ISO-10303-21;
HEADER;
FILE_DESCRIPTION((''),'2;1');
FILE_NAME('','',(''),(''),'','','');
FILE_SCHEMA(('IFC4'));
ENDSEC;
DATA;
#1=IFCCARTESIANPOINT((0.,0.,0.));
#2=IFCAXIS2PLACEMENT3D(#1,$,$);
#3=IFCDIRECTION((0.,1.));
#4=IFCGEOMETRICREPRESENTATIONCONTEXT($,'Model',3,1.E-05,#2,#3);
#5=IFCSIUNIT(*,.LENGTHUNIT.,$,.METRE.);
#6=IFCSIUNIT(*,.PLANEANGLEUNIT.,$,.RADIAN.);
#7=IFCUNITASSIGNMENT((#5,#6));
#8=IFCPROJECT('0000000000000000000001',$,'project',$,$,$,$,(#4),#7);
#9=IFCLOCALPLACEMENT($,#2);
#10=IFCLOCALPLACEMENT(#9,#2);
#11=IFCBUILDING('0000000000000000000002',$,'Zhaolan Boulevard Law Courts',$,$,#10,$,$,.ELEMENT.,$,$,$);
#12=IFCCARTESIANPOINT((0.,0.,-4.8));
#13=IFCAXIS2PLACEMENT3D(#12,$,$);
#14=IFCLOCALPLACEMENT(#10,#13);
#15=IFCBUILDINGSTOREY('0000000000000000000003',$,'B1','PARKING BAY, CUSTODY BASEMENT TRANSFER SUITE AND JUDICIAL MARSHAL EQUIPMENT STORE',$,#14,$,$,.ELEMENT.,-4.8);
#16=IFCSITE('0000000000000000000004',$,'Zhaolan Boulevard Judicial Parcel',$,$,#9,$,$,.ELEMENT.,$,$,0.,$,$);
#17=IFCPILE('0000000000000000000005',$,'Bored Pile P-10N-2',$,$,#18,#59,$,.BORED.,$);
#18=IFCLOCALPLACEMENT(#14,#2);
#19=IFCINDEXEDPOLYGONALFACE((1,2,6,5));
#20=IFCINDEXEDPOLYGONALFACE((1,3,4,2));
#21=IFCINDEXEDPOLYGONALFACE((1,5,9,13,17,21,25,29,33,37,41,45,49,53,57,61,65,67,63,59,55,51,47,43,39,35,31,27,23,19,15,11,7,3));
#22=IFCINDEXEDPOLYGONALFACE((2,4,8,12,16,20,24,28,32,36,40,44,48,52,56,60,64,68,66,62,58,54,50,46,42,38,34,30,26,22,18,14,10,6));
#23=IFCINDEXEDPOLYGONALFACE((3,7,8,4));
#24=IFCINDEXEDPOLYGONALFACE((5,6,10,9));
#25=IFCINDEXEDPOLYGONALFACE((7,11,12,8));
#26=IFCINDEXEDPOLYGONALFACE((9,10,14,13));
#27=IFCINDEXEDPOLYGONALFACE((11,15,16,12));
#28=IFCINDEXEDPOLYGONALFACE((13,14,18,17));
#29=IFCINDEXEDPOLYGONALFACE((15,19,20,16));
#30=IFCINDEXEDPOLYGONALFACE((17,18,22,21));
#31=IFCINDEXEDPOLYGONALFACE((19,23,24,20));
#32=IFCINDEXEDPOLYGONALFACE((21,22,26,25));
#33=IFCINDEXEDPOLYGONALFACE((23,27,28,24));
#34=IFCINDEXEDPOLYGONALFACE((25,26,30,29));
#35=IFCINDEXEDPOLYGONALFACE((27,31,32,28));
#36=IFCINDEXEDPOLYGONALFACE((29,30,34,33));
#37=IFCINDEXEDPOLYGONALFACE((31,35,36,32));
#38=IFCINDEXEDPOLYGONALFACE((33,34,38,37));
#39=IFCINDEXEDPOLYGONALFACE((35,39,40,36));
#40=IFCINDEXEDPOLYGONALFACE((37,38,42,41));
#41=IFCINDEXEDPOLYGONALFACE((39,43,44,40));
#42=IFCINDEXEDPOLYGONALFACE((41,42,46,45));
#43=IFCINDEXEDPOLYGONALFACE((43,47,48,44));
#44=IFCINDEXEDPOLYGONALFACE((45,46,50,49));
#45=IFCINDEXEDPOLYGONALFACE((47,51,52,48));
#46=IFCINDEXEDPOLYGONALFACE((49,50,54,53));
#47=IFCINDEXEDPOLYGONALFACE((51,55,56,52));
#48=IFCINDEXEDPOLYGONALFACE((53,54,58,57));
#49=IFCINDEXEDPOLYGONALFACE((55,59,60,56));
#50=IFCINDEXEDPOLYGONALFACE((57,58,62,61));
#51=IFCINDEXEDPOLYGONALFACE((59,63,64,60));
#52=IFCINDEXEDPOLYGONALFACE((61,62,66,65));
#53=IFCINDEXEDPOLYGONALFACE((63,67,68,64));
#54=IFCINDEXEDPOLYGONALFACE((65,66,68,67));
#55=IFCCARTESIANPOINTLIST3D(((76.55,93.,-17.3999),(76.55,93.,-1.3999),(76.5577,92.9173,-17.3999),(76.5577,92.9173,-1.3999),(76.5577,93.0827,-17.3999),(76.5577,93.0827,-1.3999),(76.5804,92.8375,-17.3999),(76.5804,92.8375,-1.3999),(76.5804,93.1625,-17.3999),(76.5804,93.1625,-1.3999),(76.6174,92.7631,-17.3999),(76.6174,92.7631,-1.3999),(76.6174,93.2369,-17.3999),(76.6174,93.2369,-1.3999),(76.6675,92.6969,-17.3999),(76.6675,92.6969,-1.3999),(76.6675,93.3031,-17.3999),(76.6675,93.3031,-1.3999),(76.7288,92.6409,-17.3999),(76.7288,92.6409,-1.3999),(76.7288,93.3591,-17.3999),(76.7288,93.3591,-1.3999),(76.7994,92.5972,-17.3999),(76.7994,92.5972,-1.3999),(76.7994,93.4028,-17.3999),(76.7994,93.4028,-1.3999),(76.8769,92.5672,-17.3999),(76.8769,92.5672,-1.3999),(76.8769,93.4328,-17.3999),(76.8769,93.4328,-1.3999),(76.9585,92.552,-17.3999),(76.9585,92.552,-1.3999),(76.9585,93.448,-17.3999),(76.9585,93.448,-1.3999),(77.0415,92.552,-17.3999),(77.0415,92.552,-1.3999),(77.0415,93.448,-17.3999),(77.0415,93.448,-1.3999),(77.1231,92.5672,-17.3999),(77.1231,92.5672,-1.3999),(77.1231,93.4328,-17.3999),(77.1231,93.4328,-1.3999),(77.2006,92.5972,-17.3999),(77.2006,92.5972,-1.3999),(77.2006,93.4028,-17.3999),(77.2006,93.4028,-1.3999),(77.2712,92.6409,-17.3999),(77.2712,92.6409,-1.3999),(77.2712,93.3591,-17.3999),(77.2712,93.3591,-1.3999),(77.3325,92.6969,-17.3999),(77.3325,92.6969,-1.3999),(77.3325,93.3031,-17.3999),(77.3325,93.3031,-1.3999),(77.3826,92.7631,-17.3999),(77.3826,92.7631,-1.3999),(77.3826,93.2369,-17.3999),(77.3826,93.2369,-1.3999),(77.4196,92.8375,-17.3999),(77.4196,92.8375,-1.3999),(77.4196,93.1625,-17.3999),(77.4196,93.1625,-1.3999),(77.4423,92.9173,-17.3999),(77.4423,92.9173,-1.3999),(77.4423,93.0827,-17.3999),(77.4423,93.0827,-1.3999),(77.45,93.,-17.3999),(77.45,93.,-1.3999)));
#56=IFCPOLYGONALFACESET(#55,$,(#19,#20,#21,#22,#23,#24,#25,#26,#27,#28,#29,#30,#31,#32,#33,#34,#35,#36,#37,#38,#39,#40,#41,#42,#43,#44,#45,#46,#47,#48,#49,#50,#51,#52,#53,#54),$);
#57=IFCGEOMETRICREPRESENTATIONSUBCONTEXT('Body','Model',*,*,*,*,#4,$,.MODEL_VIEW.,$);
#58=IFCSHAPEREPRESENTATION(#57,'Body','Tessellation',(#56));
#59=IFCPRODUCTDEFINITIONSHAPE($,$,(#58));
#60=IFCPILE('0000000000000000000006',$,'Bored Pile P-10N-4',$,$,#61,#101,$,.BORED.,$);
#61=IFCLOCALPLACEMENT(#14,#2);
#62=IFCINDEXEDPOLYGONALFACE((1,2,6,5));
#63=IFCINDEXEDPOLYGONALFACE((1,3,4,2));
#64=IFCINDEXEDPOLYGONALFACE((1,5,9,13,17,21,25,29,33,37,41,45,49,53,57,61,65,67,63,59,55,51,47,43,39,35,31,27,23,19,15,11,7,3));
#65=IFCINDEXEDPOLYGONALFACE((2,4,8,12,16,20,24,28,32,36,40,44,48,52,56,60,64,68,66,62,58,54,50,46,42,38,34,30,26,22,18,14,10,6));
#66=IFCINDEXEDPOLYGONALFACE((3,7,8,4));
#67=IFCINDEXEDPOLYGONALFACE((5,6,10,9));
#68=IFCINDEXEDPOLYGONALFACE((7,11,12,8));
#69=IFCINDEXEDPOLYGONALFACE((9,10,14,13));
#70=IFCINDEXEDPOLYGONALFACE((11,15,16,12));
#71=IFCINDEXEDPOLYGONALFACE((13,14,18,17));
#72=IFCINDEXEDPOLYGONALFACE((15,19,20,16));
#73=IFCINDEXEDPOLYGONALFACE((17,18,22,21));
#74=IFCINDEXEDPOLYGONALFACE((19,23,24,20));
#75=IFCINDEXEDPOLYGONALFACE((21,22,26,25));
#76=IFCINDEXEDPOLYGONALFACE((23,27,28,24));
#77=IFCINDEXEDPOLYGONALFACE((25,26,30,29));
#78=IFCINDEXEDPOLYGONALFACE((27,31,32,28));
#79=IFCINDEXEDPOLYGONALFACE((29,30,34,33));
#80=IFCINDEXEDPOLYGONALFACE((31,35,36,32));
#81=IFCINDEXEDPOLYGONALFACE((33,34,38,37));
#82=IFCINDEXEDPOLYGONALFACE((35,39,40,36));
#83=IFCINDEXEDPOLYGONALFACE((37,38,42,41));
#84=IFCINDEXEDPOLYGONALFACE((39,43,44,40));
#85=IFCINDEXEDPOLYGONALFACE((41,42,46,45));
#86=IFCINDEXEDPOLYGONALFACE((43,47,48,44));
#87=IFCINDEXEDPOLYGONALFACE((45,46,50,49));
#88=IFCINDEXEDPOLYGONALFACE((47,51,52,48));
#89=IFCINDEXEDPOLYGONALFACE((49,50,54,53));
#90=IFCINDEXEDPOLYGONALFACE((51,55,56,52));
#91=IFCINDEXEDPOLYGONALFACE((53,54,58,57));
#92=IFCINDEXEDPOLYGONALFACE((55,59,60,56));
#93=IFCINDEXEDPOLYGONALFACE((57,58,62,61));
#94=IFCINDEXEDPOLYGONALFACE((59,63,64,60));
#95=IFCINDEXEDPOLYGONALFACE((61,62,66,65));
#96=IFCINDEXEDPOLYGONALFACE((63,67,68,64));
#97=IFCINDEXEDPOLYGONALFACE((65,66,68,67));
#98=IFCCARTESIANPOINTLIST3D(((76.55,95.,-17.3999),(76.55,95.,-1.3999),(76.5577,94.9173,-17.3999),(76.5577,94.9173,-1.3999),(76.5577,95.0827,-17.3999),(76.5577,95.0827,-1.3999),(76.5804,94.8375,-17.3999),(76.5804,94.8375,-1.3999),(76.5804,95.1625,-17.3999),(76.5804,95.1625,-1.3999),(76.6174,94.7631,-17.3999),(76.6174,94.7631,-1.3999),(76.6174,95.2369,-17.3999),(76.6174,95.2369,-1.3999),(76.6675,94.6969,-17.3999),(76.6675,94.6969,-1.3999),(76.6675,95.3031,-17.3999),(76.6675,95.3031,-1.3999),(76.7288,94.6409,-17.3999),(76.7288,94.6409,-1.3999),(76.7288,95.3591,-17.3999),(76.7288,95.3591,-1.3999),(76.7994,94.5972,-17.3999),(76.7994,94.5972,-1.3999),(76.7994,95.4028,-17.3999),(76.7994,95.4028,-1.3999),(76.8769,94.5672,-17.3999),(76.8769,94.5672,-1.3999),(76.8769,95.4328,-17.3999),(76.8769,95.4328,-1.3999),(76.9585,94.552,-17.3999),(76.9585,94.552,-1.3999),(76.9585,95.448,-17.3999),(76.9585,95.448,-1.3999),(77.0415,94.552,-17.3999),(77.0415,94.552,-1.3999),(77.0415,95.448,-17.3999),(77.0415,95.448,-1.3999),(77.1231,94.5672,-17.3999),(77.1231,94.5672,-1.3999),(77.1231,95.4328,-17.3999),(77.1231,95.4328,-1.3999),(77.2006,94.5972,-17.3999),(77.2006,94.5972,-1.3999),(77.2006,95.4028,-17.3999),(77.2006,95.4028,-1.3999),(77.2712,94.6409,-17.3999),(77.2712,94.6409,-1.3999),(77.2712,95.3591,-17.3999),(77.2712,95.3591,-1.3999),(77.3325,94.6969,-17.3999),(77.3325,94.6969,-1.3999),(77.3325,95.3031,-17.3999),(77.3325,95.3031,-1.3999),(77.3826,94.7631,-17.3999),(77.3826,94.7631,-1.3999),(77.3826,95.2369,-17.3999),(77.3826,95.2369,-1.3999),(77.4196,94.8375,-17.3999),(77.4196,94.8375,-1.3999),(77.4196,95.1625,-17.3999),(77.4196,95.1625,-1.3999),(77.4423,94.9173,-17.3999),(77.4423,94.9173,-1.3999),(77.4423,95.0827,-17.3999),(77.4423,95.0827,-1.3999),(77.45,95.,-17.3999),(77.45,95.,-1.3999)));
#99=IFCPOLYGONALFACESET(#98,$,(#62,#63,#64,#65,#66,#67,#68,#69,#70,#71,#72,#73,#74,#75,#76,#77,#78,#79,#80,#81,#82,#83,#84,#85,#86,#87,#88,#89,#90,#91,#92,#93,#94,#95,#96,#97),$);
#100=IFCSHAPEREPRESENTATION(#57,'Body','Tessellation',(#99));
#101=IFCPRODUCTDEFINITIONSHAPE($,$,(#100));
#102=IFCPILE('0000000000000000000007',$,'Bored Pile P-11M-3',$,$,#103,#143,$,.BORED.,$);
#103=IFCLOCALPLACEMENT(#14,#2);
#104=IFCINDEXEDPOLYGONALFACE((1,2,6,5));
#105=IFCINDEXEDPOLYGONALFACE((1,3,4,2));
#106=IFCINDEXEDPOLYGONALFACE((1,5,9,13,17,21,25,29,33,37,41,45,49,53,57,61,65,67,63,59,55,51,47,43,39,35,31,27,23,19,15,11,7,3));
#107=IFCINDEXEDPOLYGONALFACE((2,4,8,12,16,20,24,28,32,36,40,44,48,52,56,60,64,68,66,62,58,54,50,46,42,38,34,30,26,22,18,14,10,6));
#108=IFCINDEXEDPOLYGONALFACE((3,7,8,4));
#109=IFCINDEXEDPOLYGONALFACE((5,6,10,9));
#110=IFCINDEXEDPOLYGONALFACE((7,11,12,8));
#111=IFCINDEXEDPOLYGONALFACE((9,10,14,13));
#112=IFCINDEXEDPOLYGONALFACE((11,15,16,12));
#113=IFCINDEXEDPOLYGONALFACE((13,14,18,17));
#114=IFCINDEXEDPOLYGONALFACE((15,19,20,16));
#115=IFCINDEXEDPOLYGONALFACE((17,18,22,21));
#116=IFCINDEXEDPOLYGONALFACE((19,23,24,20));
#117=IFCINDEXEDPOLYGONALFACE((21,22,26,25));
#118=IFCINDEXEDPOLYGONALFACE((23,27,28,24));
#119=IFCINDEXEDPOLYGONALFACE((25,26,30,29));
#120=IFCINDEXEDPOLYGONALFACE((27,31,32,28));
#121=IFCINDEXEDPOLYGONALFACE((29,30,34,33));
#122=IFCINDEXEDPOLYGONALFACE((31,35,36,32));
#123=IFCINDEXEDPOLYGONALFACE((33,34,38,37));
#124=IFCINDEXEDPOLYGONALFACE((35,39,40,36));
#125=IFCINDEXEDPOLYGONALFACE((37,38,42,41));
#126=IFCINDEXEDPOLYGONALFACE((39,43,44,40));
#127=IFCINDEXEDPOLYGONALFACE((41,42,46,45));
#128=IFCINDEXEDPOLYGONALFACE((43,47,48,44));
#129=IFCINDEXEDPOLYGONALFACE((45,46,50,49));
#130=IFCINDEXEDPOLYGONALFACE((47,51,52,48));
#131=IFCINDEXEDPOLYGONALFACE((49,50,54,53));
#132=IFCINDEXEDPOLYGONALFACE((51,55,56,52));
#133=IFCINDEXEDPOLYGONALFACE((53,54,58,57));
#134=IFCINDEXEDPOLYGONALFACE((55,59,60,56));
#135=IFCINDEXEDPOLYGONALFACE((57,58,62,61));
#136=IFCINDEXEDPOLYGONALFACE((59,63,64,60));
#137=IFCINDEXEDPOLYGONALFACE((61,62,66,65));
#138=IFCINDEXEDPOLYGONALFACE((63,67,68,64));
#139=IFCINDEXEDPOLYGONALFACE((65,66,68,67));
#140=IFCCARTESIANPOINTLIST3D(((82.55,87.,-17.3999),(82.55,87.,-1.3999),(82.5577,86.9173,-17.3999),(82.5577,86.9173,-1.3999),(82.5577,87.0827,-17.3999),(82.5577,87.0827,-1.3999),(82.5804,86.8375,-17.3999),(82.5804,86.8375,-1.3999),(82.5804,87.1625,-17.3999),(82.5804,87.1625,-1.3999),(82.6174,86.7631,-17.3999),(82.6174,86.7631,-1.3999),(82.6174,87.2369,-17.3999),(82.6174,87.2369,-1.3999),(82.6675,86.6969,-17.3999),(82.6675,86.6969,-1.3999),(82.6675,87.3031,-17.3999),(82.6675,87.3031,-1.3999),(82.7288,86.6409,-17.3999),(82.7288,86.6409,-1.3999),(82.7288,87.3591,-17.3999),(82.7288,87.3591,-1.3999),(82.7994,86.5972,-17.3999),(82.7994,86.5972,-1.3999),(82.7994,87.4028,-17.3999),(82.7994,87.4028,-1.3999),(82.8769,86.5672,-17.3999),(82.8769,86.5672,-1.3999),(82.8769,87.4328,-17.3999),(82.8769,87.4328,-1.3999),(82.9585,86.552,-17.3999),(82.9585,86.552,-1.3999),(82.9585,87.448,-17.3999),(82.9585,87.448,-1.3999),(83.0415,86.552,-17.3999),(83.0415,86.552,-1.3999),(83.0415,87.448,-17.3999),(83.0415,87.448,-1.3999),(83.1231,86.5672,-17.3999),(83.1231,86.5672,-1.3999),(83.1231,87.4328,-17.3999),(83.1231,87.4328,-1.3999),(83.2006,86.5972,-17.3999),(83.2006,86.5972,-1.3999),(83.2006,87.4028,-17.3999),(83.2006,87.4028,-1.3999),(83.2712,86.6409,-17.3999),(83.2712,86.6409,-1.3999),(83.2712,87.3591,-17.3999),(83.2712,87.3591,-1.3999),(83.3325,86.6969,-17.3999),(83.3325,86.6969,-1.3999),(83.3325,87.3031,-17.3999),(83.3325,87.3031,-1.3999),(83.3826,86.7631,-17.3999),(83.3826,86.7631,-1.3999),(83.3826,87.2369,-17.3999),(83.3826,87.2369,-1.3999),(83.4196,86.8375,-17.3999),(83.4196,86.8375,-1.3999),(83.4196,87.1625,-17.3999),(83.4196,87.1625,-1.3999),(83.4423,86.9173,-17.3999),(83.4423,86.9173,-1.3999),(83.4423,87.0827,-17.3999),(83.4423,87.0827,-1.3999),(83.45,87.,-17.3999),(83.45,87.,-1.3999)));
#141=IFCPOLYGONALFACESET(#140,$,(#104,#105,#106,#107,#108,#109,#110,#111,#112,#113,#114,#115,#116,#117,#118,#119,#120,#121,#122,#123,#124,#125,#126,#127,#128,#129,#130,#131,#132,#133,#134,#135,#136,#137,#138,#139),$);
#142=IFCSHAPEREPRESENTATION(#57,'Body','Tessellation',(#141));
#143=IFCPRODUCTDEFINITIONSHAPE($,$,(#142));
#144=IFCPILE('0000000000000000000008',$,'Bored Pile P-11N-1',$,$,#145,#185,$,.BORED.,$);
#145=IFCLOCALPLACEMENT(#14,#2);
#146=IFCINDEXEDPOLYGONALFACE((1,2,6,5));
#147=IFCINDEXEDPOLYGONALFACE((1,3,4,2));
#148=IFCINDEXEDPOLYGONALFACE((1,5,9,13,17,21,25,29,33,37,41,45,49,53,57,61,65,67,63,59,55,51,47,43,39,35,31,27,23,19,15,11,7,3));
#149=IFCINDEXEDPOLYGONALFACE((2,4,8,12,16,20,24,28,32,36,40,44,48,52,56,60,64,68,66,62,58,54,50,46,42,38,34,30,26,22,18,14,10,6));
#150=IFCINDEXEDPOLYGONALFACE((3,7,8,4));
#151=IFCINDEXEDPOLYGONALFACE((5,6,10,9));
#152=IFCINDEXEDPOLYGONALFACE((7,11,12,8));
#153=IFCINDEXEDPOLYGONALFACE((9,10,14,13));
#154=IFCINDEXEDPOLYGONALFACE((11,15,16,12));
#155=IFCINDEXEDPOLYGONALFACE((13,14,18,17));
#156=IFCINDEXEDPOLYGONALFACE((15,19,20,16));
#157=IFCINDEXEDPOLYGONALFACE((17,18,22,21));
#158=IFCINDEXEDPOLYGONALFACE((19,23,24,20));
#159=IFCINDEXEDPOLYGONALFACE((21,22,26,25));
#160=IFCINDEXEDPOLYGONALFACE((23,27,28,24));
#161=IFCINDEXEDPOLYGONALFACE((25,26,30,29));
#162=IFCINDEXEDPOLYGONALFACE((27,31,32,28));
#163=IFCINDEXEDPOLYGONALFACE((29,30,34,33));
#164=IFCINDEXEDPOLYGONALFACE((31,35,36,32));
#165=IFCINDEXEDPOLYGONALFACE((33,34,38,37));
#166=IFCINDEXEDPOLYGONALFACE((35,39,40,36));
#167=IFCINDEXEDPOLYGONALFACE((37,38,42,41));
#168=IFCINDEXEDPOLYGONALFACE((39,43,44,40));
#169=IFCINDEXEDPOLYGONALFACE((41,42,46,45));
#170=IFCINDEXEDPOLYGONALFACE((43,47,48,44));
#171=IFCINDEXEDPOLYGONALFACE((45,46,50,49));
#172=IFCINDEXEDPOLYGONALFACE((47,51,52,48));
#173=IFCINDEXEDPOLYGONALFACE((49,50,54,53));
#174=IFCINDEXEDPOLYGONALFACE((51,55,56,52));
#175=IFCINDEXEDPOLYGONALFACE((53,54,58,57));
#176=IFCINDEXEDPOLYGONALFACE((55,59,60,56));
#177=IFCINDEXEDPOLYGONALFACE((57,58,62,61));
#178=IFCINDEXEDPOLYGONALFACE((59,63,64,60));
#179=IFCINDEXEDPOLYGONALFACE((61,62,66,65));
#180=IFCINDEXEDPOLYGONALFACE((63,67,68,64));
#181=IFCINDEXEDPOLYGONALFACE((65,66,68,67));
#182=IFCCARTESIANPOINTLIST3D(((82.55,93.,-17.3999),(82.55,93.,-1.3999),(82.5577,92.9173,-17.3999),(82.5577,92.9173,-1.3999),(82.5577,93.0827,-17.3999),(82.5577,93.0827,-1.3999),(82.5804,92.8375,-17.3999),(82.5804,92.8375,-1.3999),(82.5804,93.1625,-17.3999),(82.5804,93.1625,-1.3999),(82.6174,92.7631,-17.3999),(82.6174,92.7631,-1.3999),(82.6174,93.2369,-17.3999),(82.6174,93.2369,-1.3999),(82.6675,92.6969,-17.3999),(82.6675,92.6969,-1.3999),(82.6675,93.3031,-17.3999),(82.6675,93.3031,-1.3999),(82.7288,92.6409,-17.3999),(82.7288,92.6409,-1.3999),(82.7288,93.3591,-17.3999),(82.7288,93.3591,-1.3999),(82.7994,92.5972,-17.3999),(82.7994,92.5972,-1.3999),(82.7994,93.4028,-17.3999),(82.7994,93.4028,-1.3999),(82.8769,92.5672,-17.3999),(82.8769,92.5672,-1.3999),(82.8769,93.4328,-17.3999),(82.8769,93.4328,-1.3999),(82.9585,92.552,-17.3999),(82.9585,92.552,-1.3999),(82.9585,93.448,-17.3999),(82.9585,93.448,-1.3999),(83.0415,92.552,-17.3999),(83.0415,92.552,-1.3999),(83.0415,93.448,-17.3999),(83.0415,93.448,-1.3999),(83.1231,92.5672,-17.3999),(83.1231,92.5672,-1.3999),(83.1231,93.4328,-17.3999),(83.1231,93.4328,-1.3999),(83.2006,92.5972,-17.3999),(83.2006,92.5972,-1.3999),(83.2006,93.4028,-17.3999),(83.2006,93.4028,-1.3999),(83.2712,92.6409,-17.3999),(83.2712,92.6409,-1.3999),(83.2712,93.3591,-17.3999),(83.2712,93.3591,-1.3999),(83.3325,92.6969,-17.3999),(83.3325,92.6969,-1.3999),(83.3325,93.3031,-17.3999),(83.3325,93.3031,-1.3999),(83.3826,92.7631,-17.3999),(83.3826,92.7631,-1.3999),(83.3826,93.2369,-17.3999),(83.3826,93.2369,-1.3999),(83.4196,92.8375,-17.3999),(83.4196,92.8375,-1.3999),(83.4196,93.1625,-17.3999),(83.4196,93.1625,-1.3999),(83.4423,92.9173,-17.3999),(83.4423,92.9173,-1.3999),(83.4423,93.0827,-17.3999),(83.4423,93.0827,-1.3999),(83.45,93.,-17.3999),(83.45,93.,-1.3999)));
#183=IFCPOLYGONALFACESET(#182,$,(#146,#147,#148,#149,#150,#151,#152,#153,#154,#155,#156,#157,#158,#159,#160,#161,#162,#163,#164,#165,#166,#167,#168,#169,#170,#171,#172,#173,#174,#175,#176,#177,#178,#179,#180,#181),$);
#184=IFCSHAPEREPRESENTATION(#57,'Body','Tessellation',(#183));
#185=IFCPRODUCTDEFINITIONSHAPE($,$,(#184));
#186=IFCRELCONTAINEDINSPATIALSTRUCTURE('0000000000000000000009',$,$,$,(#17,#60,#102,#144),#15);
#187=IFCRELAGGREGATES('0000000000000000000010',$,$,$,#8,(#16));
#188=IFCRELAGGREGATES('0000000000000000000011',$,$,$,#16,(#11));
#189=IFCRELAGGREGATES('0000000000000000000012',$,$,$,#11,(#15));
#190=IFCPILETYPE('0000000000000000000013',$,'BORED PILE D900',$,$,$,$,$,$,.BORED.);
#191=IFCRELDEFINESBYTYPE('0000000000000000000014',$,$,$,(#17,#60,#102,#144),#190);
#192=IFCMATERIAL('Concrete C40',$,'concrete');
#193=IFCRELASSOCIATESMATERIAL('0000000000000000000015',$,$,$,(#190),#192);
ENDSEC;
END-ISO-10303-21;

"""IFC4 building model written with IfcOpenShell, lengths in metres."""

from ifc_helpers import new_model, si_unit, direction, frame, origin, origin_2d, place, context, subcontext, project, spatial, circle, extrude, material, material_profile, profile_set, type_object, element, save


model = new_model("IFC4")

# Units and contexts
model_context = context("Model", 3, precision=1e-05, world=origin(), true_north=direction((0.0, 1.0)))
body_context = subcontext(model_context, "Body", "Model", "MODEL_VIEW")
ifc_project = project(units=[si_unit("LENGTHUNIT", "METRE"), si_unit("PLANEANGLEUNIT", "RADIAN")], contexts=[model_context])

# Site, building, storey
site_placement = place(None, origin())
site = spatial("IfcSite", under=ifc_project, at=site_placement, Name="Zhaolan Boulevard Judicial Parcel", CompositionType="ELEMENT", RefElevation=0.0)
building_placement = place(site_placement, origin())
building = spatial("IfcBuilding", under=site, at=building_placement, Name="Zhaolan Boulevard Law Courts", CompositionType="ELEMENT")
storey_placement = place(building_placement, frame((0.0, 0.0, -4.8)))
storey = spatial("IfcBuildingStorey", under=building, at=storey_placement, Name="B1", Description="PARKING BAY, CUSTODY BASEMENT TRANSFER SUITE AND JUDICIAL MARSHAL EQUIPMENT STORE", CompositionType="ELEMENT", Elevation=-4.8)

# Piles
ifc_material_1 = material(Name="Concrete C40", Category="concrete")
ifc_material_profile_1 = material_profile(ifc_material_1, circle(Radius=0.45, at=origin_2d()), Name="PILE-D900")
ifc_profile_set_1 = profile_set([ifc_material_profile_1], Name="Concrete C40")
pile_type = type_object("IfcPileType", Name="BORED PILE D900", PredefinedType="BORED", material=ifc_profile_set_1)
for number, where, z_axis, x_axis, name in (
    (1, (77.0, 93.0, -1.3999), (0.0, 0.0, -1.0), (1.0, 0.0, 0.0), "Bored Pile P-10N-2"),
    (2, (77.0, 95.0, -1.3999), (0.0, 0.0, -1.0), (1.0, 0.0, 0.0), "Bored Pile P-10N-4"),
    (3, (83.0, 87.0, -1.3999), (0.0, 0.0, -1.0), (1.0, 0.0, 0.0), "Bored Pile P-11M-3"),
    (4, (83.0, 93.0, -1.3999), (0.0, 0.0, -1.0), (1.0, 0.0, 0.0), "Bored Pile P-11N-1"),
):
    element("IfcPile", number, at=place(storey_placement, frame(where, z_axis=z_axis, x_axis=x_axis)), inside=storey, type_object=pile_type, Name=name, PredefinedType="BORED", context=body_context, shape_type="SweptSolid", body=[
        extrude(circle(Radius=0.45, at=origin_2d()), origin(), (0.0, 0.0, 1.0), 16.0),
    ])

save(model, "model.ifc")
